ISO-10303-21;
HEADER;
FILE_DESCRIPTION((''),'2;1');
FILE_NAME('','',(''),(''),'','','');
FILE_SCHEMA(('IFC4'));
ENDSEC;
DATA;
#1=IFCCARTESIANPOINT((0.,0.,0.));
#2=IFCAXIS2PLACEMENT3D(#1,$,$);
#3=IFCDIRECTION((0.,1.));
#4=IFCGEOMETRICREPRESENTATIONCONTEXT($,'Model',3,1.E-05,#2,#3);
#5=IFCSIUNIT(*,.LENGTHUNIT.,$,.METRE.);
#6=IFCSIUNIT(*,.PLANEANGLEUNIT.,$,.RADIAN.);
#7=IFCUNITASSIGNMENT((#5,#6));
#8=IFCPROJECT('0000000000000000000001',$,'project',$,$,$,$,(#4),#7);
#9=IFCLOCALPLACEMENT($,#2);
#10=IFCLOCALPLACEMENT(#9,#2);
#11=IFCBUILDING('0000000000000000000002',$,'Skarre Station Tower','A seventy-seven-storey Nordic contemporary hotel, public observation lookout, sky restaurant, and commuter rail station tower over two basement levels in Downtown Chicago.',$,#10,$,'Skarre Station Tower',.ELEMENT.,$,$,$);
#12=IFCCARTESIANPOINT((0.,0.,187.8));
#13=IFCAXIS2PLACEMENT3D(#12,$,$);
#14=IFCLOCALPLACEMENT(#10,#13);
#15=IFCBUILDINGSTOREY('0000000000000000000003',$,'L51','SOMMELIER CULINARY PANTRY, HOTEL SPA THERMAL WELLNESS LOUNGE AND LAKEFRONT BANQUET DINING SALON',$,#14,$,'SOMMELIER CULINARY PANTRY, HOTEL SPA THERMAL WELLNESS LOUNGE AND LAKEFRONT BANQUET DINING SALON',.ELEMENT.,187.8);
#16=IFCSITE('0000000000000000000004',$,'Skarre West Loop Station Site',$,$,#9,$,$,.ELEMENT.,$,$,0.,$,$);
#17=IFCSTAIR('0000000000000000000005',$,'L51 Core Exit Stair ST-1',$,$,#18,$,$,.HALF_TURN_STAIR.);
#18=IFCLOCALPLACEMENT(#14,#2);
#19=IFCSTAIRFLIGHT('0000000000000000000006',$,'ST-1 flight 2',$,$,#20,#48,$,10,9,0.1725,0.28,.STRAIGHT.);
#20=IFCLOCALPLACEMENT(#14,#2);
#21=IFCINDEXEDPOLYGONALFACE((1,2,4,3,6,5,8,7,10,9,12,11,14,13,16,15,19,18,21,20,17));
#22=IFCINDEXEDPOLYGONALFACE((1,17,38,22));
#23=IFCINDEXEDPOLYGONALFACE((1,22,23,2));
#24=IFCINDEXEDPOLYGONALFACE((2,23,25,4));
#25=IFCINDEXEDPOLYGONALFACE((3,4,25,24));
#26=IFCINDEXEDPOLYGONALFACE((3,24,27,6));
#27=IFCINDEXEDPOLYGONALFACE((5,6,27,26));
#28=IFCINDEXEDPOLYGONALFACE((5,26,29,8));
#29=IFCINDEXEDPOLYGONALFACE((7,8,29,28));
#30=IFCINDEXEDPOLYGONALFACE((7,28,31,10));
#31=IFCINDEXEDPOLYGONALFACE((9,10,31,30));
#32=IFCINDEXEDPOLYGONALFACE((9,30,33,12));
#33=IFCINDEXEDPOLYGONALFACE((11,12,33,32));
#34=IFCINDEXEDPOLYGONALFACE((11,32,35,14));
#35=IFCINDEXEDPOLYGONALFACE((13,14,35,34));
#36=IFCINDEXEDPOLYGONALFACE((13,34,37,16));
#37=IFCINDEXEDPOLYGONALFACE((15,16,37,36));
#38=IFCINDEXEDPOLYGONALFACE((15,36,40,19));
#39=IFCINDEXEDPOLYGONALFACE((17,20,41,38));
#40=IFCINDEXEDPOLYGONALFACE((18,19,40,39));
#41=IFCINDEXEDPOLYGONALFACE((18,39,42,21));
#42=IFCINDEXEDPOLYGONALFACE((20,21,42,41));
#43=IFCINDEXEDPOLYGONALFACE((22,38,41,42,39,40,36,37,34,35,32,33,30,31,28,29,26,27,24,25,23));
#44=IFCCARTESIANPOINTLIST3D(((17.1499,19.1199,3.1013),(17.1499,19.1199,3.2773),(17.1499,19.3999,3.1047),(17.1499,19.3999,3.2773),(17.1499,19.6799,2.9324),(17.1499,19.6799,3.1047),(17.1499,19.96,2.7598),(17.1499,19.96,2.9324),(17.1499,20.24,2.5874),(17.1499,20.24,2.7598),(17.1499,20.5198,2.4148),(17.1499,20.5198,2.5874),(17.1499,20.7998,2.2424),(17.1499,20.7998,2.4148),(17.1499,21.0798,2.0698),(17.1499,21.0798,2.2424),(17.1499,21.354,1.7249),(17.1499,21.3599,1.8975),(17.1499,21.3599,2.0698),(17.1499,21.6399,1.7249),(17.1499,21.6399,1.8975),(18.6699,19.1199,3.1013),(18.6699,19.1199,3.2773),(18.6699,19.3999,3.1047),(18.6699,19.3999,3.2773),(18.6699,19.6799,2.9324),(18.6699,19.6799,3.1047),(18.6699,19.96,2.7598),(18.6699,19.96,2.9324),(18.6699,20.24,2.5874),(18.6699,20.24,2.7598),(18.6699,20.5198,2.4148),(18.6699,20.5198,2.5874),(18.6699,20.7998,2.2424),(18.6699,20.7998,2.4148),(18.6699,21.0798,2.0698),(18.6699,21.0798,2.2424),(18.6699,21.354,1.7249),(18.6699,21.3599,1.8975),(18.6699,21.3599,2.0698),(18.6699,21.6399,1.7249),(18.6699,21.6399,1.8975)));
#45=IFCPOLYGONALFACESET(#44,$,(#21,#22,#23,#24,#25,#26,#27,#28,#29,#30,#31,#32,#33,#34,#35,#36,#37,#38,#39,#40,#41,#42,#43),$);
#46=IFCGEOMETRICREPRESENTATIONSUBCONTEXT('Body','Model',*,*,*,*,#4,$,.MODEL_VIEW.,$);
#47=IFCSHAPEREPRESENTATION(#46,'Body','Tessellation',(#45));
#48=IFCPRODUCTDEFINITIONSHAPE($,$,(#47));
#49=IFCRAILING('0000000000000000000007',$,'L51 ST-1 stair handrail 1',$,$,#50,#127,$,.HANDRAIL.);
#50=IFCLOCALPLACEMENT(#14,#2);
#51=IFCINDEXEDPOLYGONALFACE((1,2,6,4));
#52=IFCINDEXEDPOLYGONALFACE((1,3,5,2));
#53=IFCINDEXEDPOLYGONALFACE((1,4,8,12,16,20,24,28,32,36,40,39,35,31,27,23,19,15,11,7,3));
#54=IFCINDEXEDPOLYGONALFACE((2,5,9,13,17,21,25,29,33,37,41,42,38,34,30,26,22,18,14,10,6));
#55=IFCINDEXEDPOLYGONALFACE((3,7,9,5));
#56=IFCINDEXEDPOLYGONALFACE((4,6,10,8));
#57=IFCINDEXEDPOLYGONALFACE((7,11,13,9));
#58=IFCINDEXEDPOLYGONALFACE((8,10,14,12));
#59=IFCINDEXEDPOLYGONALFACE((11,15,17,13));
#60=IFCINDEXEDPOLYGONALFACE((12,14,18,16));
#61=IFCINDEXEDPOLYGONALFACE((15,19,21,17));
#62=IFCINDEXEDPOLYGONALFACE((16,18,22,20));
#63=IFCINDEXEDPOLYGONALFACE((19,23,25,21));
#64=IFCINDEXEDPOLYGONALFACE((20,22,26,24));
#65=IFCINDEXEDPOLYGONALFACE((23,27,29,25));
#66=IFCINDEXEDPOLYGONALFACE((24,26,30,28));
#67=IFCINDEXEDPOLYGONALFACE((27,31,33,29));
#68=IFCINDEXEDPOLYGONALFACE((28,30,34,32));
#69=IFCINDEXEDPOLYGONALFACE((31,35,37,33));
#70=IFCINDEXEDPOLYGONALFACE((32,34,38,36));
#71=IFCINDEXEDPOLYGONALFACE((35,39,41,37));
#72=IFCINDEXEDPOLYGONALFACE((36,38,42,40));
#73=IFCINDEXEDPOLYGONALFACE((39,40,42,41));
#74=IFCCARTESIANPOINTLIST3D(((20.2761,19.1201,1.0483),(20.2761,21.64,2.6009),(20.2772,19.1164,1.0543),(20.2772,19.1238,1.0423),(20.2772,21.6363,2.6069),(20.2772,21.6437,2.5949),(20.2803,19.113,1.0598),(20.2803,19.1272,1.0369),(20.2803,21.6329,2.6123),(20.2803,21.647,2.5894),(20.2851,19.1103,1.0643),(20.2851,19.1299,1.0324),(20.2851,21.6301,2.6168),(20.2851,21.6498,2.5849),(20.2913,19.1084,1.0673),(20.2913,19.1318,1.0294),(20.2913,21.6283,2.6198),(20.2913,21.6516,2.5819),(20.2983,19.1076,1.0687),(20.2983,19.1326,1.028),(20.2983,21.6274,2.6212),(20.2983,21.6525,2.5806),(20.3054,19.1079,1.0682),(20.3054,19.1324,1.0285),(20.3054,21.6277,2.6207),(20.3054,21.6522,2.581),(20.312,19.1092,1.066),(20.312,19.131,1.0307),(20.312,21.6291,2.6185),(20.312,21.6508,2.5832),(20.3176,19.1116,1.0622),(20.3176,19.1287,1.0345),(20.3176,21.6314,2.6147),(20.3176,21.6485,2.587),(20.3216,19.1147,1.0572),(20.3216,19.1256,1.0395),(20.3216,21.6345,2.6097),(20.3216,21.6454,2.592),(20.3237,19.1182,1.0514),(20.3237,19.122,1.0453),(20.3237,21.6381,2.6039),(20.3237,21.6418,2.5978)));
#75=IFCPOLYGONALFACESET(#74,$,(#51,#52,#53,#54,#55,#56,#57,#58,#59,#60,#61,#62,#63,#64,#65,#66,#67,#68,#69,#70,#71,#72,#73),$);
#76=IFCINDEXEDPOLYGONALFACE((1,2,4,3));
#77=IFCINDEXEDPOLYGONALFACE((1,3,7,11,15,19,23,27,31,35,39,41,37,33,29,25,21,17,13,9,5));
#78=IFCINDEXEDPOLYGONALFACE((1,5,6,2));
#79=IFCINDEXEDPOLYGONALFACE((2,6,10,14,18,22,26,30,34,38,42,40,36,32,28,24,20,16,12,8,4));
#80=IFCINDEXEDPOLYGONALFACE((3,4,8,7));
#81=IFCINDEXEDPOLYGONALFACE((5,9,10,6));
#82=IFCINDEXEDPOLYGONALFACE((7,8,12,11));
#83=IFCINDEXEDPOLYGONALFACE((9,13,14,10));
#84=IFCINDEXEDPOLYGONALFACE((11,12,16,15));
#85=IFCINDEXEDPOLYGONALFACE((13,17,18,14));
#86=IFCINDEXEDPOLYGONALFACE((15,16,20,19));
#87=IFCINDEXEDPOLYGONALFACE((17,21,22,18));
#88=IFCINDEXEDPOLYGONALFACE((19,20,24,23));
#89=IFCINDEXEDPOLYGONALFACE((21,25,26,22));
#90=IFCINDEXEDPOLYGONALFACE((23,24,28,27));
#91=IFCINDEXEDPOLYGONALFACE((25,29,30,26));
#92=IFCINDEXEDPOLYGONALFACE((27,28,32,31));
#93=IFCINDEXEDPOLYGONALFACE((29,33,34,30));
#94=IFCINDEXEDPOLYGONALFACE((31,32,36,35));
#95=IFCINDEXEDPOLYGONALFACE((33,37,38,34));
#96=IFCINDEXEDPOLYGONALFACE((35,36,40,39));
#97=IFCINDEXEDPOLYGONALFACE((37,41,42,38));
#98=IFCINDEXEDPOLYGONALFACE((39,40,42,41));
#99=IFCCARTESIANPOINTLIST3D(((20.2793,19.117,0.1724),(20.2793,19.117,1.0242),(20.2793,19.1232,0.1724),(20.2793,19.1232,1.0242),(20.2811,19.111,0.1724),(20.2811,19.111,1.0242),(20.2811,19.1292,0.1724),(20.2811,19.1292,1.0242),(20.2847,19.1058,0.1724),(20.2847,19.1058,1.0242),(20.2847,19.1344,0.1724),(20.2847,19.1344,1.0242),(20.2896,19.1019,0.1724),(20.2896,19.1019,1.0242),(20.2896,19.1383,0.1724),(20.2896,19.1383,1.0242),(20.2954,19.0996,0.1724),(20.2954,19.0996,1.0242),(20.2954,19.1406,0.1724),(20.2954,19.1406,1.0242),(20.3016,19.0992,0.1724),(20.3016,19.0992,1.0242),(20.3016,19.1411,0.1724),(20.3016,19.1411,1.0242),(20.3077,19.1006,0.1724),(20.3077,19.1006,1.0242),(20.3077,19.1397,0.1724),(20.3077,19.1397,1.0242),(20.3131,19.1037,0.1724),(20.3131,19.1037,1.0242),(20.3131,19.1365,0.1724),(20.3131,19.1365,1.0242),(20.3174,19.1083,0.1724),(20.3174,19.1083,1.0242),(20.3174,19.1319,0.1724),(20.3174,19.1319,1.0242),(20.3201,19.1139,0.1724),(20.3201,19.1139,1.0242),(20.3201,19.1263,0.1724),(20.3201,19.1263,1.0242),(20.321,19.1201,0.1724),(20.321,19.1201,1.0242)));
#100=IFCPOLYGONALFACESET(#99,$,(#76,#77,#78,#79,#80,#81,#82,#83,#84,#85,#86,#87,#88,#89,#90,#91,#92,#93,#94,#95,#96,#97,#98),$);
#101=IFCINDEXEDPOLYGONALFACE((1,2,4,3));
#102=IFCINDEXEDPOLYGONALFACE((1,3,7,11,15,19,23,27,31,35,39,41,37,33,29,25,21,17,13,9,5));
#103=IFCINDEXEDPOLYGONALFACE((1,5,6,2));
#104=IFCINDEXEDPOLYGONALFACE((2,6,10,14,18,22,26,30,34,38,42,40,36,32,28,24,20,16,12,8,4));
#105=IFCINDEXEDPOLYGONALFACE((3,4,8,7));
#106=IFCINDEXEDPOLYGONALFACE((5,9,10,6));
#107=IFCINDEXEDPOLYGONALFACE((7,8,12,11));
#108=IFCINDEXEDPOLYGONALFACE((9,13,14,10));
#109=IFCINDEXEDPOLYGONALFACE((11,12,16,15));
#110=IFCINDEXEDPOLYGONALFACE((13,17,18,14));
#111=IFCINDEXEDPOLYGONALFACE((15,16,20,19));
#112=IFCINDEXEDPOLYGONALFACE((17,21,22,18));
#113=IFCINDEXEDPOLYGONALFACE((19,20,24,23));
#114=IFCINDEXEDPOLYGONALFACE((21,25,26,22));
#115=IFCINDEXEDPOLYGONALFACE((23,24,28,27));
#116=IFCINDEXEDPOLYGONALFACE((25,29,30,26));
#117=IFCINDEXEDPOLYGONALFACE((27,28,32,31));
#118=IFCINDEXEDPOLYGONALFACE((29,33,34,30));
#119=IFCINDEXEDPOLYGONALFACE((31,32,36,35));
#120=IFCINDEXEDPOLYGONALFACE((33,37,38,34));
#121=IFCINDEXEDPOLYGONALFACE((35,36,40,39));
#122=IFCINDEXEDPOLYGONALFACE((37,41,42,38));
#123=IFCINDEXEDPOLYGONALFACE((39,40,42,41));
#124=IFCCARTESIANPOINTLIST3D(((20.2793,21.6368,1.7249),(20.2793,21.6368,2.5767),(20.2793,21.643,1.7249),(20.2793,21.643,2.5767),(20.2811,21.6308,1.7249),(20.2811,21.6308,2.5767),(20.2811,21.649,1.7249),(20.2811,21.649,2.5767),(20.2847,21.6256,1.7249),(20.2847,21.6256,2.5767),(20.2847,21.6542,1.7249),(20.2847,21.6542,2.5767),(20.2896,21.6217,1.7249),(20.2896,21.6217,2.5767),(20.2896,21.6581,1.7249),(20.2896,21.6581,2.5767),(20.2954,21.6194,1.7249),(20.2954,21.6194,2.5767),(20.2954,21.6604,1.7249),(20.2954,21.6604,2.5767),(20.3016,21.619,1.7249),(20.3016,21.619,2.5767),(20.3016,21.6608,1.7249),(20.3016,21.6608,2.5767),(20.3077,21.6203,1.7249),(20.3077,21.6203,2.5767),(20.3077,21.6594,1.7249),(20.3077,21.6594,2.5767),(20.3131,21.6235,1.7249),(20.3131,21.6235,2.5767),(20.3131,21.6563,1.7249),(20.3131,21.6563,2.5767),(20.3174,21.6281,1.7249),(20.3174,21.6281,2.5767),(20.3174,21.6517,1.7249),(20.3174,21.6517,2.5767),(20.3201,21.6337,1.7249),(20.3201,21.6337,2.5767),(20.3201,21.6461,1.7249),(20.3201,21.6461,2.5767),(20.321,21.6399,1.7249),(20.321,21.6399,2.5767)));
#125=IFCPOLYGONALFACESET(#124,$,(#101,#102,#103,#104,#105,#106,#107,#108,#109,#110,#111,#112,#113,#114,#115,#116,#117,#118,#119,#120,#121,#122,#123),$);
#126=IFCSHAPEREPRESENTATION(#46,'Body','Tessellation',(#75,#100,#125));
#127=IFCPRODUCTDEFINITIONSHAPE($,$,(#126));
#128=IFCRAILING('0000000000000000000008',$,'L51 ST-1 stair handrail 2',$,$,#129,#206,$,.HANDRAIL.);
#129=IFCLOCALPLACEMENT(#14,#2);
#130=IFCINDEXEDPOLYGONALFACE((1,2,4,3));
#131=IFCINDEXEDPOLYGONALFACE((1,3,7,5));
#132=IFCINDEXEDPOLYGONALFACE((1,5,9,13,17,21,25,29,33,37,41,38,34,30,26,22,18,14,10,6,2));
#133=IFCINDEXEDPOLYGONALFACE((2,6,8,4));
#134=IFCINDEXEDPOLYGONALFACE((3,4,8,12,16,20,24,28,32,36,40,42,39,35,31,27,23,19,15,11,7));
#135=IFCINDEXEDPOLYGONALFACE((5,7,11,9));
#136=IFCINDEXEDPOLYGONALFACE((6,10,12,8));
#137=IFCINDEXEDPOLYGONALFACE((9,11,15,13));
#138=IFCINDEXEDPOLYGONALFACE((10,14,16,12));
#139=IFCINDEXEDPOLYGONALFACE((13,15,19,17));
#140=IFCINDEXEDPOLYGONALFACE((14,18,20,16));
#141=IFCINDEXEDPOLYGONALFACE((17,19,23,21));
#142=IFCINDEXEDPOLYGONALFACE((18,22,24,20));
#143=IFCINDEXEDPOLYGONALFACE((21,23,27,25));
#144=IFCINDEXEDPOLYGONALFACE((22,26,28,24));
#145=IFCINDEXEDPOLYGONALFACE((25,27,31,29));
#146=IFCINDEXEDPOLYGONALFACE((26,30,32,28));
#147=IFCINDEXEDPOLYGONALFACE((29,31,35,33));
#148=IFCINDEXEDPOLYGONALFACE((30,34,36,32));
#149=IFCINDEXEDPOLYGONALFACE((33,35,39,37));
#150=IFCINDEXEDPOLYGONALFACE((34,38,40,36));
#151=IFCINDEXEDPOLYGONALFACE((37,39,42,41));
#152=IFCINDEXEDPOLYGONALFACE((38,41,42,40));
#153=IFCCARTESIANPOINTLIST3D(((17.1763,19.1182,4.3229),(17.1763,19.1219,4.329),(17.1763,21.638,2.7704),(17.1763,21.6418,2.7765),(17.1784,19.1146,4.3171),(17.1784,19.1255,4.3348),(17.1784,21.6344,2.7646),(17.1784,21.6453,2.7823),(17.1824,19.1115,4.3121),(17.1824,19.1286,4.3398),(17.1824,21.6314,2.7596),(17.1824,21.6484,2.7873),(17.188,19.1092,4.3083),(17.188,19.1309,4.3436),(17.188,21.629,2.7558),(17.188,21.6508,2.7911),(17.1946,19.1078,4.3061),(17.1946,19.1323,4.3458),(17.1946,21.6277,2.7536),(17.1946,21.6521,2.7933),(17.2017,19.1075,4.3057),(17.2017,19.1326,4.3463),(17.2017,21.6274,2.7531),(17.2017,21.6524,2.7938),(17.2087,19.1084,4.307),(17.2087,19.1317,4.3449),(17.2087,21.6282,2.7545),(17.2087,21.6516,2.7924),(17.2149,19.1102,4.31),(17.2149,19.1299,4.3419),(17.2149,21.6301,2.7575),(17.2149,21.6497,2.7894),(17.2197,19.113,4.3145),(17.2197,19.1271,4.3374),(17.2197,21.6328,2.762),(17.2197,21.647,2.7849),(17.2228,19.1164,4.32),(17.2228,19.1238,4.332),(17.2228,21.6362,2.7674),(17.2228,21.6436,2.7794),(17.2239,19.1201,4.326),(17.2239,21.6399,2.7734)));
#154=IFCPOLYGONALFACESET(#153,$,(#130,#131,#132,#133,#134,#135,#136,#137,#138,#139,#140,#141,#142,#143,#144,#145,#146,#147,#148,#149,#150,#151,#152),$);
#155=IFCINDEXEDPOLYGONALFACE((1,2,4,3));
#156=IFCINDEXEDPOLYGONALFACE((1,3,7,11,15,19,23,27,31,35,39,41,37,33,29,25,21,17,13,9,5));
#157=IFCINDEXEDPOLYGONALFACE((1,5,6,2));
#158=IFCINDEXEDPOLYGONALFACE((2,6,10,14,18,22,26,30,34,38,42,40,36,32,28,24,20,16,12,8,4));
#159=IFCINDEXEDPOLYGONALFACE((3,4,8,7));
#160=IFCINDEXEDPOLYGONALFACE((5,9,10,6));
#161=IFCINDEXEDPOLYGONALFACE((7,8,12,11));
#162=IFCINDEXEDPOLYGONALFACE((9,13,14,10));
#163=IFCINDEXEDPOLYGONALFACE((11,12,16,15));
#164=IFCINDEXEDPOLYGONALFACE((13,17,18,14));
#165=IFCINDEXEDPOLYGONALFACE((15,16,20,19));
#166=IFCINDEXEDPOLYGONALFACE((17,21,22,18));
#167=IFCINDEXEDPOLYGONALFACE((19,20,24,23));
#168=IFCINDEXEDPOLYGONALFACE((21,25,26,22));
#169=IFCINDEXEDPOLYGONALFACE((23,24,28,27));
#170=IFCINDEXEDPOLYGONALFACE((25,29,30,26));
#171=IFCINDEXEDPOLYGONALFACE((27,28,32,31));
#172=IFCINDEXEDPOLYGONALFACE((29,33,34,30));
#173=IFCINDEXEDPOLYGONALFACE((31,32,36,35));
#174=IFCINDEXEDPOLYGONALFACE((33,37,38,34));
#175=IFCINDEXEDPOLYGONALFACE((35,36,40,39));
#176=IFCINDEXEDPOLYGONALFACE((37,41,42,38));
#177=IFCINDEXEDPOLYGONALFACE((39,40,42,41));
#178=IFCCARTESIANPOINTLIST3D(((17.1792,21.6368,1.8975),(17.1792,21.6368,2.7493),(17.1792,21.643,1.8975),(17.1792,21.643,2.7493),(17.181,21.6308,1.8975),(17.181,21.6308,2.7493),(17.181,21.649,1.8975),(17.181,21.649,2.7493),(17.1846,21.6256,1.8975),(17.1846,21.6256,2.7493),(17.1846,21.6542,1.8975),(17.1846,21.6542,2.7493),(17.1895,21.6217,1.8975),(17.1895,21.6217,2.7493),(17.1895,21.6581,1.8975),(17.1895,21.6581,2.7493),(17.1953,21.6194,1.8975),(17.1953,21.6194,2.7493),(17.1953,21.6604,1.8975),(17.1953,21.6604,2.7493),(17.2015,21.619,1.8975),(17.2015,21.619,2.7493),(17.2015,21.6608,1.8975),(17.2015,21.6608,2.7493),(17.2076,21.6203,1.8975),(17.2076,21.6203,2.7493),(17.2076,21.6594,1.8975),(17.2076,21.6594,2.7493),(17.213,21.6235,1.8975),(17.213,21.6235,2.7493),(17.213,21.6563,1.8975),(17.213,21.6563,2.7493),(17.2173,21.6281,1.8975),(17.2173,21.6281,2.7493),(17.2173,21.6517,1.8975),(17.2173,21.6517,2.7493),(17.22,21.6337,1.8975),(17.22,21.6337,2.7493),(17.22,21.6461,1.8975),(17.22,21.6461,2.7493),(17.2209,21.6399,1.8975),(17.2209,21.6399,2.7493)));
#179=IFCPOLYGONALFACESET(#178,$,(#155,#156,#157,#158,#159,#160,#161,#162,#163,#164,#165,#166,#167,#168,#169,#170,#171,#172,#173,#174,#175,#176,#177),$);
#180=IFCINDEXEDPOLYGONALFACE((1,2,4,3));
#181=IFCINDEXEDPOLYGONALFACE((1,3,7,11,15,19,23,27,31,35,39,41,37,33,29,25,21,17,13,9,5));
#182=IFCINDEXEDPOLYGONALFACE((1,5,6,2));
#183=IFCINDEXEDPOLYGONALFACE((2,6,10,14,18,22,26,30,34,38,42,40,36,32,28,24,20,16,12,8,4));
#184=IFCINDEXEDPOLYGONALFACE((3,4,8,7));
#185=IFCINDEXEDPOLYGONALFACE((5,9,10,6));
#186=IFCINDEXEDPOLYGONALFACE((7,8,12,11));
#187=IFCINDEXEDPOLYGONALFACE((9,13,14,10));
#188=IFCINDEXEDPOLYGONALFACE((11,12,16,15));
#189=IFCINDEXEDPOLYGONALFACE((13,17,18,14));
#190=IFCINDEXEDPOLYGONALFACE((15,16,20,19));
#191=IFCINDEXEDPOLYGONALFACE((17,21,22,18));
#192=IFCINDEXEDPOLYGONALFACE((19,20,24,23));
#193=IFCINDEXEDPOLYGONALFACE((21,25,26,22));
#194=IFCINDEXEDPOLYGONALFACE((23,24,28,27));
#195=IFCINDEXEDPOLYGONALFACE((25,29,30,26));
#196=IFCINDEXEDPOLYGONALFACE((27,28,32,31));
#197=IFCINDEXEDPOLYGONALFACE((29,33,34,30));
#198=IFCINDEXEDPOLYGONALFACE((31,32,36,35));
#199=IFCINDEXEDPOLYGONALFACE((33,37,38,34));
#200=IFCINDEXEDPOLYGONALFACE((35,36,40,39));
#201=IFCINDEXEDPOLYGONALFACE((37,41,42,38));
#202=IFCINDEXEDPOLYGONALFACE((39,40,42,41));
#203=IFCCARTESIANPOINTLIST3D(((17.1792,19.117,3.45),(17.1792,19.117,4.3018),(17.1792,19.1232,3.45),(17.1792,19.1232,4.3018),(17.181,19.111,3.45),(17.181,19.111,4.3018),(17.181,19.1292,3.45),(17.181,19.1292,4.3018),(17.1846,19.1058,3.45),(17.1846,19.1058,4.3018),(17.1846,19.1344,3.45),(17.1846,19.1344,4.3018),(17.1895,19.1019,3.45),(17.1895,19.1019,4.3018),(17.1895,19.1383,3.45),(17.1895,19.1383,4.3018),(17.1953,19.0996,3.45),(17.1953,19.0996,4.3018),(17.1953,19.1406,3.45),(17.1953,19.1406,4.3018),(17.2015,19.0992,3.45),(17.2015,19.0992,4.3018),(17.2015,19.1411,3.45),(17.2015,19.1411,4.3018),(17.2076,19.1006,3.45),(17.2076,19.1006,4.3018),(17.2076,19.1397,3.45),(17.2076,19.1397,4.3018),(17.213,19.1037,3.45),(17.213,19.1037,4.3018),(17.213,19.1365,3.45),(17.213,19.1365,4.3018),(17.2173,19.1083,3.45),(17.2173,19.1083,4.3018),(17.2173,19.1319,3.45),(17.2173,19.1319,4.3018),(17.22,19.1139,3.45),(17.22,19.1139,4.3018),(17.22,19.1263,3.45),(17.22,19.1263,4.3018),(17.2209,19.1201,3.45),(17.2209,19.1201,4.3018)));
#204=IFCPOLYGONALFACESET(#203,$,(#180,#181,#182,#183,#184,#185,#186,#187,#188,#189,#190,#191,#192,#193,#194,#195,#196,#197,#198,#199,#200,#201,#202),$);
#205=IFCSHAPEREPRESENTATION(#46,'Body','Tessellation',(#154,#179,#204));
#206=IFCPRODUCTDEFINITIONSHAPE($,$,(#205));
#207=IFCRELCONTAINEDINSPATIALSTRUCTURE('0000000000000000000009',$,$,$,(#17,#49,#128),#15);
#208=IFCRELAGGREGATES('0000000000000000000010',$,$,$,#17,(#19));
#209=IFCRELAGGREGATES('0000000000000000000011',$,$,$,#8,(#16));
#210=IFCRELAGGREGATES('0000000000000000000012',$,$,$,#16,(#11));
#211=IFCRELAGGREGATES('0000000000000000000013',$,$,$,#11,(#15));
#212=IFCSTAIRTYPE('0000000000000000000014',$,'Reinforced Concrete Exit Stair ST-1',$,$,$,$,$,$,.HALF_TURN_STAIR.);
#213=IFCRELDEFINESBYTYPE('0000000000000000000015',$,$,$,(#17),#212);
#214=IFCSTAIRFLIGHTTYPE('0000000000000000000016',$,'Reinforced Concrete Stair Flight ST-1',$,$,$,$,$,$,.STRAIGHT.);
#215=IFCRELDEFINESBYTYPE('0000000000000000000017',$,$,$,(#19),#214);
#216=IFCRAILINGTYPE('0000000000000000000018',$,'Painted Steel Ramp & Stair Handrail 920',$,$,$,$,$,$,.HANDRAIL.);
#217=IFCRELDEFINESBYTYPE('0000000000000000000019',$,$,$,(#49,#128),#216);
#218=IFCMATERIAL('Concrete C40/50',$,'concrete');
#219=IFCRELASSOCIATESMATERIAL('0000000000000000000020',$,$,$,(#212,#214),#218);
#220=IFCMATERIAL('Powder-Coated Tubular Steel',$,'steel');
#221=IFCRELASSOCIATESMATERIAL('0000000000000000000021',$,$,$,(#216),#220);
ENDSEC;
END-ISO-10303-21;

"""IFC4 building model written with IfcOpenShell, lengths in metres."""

from ifc_helpers import new_model, si_unit, direction, frame, origin, origin_2d, place, context, subcontext, project, spatial, polyline, circle, outline, extrude, material, type_object, element, aggregate, save


model = new_model("IFC4")

# Units and contexts
model_context = context("Model", 3, precision=1e-05, world=origin(), true_north=direction((0.0, 1.0)))
body_context = subcontext(model_context, "Body", "Model", "MODEL_VIEW")
ifc_project = project(units=[si_unit("LENGTHUNIT", "METRE"), si_unit("PLANEANGLEUNIT", "RADIAN")], contexts=[model_context])

# Site, building, storey
site_placement = place(None, origin())
site = spatial("IfcSite", under=ifc_project, at=site_placement, Name="Skarre West Loop Station Site", CompositionType="ELEMENT", RefElevation=0.0)
building_placement = place(site_placement, origin())
building = spatial("IfcBuilding", under=site, at=building_placement, Name="Skarre Station Tower", Description="A seventy-seven-storey Nordic contemporary hotel, public observation lookout, sky restaurant, and commuter rail station tower over two basement levels in Downtown Chicago.", LongName="Skarre Station Tower", CompositionType="ELEMENT")
storey_placement = place(building_placement, frame((0.0, 0.0, 187.8)))
storey = spatial("IfcBuildingStorey", under=building, at=storey_placement, Name="L51", Description="SOMMELIER CULINARY PANTRY, HOTEL SPA THERMAL WELLNESS LOUNGE AND LAKEFRONT BANQUET DINING SALON", LongName="SOMMELIER CULINARY PANTRY, HOTEL SPA THERMAL WELLNESS LOUNGE AND LAKEFRONT BANQUET DINING SALON", CompositionType="ELEMENT", Elevation=187.8)

# Stair
ifc_material_1 = material(Name="Concrete C40/50", Category="concrete")
stair_type_1 = type_object("IfcStairType", Name="Reinforced Concrete Exit Stair ST-1", PredefinedType="HALF_TURN_STAIR", material=ifc_material_1)
stair_1_placement = place(storey_placement, origin())
stair_1 = element("IfcStair", 1, at=stair_1_placement, inside=storey, type_object=stair_type_1, Name="L51 Core Exit Stair ST-1", PredefinedType="HALF_TURN_STAIR")

# Stair flight
stair_flight_type = type_object("IfcStairFlightType", Name="Reinforced Concrete Stair Flight ST-1", PredefinedType="STRAIGHT", material=ifc_material_1)
stair_flight_1_placement = place(storey_placement, frame((17.9099, 21.6399, 1.7249), z_axis=(0.0, 0.0, 1.0), x_axis=(0.0, -1.0, 0.0)))
stair_flight_1 = element("IfcStairFlight", 2, at=stair_flight_1_placement, type_object=stair_flight_type, Name="ST-1 flight 2", NumberOfRisers=10, NumberOfTreads=9, PredefinedType="STRAIGHT", RiserHeight=0.1725, TreadLength=0.28, context=body_context, shape_type="SweptSolid", body=[
    extrude(outline(polyline([(0.0, 0.0), (0.0, 0.1726), (0.28, 0.1726), (0.28, 0.345), (0.5601, 0.345), (0.5601, 0.5176), (0.8401, 0.5176), (0.8401, 0.6899), (1.1201, 0.6899), (1.1201, 0.8625), (1.3999, 0.8625), (1.3999, 1.0349), (1.6799, 1.0349), (1.6799, 1.2075), (1.96, 1.2075), (1.96, 1.3799), (2.24, 1.3799), (2.24, 1.5525), (2.52, 1.5525), (2.52, 1.7251), (2.52, 1.3765), (0.2859, 0.0), (0.0, 0.0)])), frame((0.0, 0.76, 0.0), z_axis=(0.0, -1.0, 0.0), x_axis=(1.0, 0.0, 0.0)), (0.0, 0.0, 1.0), 1.52),
])
aggregate(stair_1, [stair_flight_1])

# Railings
ifc_material_2 = material(Name="Powder-Coated Tubular Steel", Category="steel")
railing_type_1 = type_object("IfcRailingType", Name="Painted Steel Ramp & Stair Handrail 920", PredefinedType="HANDRAIL", material=ifc_material_2)
railing_1_placement = place(storey_placement, frame((20.3, 19.1201, 0.1724)))
element("IfcRailing", 3, at=railing_1_placement, inside=storey, type_object=railing_type_1, Name="L51 ST-1 stair handrail 1", PredefinedType="HANDRAIL", context=body_context, shape_type="SweptSolid", body=[
    extrude(circle(Radius=0.0239, at=origin_2d()), frame((0.0, 0.0, 0.876), z_axis=(0.0, 0.851378, 0.524553), x_axis=(-1.0, 0.0, 0.0)), (0.0, 0.0, 1.0), 2.9597),
    extrude(circle(Radius=0.021, at=origin_2d()), origin(), (0.0, 0.0, 1.0), 0.8518),
    extrude(circle(Radius=0.021, at=origin_2d()), frame((0.0, 2.5198, 1.5525)), (0.0, 0.0, 1.0), 0.8518),
])
railing_2_placement = place(storey_placement, frame((17.2, 21.6399, 1.8975)))
element("IfcRailing", 4, at=railing_2_placement, inside=storey, type_object=railing_type_1, Name="L51 ST-1 stair handrail 2", PredefinedType="HANDRAIL", context=body_context, shape_type="SweptSolid", body=[
    extrude(circle(Radius=0.0239, at=origin_2d()), frame((0.0, 0.0, 0.876), z_axis=(0.0, -0.851378, 0.524553), x_axis=(1.0, 0.0, 0.0)), (0.0, 0.0, 1.0), 2.9597),
    extrude(circle(Radius=0.021, at=origin_2d()), origin(), (0.0, 0.0, 1.0), 0.8518),
    extrude(circle(Radius=0.021, at=origin_2d()), frame((0.0, -2.5198, 1.5525)), (0.0, 0.0, 1.0), 0.8518),
])

save(model, "model.ifc")
